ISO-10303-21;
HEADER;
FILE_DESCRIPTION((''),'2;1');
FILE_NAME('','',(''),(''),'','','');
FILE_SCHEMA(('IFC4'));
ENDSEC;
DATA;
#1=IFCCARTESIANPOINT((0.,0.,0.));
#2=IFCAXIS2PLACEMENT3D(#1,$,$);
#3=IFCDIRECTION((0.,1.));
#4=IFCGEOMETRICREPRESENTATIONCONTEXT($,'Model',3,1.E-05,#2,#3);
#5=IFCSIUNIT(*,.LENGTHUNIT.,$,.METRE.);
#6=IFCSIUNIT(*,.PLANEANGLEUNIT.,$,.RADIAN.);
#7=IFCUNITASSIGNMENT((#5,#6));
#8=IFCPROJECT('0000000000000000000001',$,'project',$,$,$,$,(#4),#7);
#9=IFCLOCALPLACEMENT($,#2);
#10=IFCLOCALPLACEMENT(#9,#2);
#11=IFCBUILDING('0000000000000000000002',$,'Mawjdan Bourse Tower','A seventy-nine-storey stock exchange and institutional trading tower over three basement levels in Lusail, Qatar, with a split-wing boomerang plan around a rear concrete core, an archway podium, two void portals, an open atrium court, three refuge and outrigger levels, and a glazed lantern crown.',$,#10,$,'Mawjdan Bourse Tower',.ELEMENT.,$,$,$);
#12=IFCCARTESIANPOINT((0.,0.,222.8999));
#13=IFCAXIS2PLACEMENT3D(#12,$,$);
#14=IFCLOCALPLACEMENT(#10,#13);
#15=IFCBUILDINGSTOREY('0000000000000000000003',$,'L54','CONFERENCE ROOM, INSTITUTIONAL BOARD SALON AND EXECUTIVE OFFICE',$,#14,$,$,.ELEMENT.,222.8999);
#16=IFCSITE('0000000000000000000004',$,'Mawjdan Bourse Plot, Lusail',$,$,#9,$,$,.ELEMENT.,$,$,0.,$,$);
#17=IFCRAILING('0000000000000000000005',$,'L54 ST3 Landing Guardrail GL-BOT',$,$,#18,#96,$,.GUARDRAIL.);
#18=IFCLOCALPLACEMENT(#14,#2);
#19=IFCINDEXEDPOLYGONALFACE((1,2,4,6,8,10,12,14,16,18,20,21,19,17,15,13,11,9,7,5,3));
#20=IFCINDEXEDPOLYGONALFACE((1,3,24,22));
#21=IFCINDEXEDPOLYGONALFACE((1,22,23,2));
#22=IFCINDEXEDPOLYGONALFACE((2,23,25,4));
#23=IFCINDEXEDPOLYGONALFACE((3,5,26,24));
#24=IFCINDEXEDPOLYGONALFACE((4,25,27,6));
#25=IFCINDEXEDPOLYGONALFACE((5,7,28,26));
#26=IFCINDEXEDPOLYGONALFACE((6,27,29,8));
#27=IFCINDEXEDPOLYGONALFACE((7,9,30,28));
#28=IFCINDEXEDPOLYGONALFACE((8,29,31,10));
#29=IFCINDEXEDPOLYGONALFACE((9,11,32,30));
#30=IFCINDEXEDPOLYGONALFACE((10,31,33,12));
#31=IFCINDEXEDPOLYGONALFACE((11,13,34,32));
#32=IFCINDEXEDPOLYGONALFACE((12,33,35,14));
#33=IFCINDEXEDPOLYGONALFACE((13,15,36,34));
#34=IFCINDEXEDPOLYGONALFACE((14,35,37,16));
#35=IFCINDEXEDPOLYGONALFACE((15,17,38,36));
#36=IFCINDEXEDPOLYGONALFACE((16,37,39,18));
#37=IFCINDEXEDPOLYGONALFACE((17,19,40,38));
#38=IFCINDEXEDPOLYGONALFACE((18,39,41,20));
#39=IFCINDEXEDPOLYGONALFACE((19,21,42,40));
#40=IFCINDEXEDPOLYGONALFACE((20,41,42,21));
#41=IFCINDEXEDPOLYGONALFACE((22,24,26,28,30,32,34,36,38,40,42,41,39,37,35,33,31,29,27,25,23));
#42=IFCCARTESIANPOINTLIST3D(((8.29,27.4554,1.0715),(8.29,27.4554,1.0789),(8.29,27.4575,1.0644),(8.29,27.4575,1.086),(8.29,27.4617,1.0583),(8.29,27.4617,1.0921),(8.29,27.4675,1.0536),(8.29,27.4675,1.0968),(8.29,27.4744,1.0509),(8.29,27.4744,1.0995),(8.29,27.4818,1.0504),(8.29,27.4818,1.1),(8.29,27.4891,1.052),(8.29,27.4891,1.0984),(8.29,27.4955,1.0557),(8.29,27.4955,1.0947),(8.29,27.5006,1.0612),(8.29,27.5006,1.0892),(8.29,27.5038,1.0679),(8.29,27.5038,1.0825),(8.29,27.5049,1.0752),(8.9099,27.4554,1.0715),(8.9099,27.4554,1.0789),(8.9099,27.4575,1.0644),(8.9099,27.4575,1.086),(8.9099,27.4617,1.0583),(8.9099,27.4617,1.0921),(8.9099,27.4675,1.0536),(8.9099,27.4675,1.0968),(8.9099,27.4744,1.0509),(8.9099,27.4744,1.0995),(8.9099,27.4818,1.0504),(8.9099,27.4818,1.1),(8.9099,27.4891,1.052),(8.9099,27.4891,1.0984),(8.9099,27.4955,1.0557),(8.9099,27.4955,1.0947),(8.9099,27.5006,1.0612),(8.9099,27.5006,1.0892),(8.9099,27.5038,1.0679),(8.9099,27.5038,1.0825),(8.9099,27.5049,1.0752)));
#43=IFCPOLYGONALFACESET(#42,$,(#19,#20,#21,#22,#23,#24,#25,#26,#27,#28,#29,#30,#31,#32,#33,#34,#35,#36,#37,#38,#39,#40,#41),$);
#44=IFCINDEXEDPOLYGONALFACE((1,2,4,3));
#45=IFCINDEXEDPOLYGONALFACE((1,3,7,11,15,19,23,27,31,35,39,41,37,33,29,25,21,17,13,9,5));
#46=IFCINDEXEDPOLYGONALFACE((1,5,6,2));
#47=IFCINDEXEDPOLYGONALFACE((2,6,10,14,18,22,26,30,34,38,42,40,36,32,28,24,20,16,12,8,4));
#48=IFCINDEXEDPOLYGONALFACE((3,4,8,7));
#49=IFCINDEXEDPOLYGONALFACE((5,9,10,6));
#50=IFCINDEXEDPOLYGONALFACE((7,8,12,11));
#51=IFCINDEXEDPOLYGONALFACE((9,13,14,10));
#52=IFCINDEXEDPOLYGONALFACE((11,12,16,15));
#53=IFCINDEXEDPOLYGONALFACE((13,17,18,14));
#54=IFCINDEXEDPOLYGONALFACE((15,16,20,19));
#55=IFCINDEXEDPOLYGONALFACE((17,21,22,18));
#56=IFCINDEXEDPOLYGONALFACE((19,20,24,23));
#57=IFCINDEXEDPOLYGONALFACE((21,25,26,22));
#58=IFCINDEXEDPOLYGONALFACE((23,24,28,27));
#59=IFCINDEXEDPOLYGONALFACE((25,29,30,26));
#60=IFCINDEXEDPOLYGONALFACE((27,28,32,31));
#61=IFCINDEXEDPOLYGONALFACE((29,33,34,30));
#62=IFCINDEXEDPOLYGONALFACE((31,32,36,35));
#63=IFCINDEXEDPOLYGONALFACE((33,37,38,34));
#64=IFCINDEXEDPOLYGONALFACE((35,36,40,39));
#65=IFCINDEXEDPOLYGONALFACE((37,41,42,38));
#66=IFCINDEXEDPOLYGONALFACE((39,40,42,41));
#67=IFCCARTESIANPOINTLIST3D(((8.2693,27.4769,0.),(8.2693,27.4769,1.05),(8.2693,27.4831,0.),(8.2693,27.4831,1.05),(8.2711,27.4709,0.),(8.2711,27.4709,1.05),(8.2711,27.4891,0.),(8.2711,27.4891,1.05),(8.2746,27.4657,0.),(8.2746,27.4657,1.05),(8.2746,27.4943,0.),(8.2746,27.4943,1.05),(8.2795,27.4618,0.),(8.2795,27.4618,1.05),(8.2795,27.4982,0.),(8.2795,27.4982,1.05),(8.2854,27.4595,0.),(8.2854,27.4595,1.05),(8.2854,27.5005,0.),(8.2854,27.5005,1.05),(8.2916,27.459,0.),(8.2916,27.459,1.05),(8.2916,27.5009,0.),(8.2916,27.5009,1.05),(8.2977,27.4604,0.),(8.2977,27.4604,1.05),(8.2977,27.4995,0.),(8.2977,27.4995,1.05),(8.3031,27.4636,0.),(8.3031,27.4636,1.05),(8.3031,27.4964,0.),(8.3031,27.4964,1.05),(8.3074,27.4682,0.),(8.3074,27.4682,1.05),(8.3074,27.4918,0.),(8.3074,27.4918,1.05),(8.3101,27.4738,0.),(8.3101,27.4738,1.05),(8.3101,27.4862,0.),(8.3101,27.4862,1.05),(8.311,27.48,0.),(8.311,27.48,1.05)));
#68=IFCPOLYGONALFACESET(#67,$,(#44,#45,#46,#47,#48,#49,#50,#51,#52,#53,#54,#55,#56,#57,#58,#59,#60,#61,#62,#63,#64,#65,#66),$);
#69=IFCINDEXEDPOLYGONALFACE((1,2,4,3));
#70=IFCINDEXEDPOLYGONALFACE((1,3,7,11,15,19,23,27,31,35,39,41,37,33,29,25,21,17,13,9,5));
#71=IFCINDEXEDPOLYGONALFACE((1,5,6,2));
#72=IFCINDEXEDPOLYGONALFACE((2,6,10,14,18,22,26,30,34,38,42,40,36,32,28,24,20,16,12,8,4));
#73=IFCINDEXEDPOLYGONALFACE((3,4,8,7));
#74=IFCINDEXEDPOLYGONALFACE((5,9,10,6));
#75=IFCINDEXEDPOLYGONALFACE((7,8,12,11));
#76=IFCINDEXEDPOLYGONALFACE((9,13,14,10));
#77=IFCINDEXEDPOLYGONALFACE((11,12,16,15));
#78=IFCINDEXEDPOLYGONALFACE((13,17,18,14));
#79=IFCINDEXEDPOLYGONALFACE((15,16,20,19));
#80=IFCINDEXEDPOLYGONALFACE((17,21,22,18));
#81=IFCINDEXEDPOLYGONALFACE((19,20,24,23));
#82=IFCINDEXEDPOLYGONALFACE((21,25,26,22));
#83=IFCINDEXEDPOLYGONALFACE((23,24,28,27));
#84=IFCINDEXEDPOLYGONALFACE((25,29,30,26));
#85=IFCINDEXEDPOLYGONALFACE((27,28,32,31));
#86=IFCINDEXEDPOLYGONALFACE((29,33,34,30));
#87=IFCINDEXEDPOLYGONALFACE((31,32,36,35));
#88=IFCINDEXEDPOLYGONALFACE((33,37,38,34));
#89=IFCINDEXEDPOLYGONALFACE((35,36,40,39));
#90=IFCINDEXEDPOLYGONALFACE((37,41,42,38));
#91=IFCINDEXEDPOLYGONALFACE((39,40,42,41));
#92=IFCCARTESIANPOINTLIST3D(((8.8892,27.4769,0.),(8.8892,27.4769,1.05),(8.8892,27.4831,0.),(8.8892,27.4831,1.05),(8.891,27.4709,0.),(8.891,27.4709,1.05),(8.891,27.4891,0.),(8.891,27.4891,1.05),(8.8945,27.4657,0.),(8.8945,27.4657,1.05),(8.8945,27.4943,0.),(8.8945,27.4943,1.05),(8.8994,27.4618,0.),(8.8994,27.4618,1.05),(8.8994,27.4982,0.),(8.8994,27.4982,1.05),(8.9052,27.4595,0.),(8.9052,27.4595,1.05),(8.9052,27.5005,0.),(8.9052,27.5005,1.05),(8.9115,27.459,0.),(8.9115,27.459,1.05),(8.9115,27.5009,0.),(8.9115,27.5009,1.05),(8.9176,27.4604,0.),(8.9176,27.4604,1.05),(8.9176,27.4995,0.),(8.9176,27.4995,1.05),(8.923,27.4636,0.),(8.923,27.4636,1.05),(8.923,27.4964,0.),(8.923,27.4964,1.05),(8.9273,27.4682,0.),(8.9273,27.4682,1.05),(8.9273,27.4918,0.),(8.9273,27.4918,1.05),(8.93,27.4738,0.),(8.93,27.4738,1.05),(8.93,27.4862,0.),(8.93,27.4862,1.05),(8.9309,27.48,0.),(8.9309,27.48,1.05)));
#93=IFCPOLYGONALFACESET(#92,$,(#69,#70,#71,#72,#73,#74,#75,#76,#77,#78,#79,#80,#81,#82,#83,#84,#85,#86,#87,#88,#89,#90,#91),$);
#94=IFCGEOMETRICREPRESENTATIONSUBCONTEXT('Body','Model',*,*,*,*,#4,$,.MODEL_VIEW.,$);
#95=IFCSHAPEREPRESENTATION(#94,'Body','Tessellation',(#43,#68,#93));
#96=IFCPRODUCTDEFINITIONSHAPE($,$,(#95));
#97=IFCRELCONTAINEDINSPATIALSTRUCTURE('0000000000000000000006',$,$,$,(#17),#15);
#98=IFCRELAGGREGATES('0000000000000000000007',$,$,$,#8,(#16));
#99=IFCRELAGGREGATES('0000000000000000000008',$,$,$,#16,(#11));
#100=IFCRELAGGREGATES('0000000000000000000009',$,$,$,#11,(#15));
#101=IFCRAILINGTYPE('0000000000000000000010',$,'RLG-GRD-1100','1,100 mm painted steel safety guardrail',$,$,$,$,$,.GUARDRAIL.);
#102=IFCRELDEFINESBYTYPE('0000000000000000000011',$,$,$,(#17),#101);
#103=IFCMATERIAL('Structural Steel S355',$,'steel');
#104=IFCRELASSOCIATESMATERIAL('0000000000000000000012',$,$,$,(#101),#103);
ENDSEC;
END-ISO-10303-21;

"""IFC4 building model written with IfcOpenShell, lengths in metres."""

from ifc_helpers import new_model, si_unit, direction, frame, origin, origin_2d, place, context, subcontext, project, spatial, circle, extrude, material, type_object, element, save


model = new_model("IFC4")

# Units and contexts
model_context = context("Model", 3, precision=1e-05, world=origin(), true_north=direction((0.0, 1.0)))
body_context = subcontext(model_context, "Body", "Model", "MODEL_VIEW")
ifc_project = project(units=[si_unit("LENGTHUNIT", "METRE"), si_unit("PLANEANGLEUNIT", "RADIAN")], contexts=[model_context])

# Site, building, storey
site_placement = place(None, origin())
site = spatial("IfcSite", under=ifc_project, at=site_placement, Name="Mawjdan Bourse Plot, Lusail", CompositionType="ELEMENT", RefElevation=0.0)
building_placement = place(site_placement, origin())
building = spatial("IfcBuilding", under=site, at=building_placement, Name="Mawjdan Bourse Tower", Description="A seventy-nine-storey stock exchange and institutional trading tower over three basement levels in Lusail, Qatar, with a split-wing boomerang plan around a rear concrete core, an archway podium, two void portals, an open atrium court, three refuge and outrigger levels, and a glazed lantern crown.", LongName="Mawjdan Bourse Tower", CompositionType="ELEMENT")
storey_placement = place(building_placement, frame((0.0, 0.0, 222.8999)))
storey = spatial("IfcBuildingStorey", under=building, at=storey_placement, Name="L54", Description="CONFERENCE ROOM, INSTITUTIONAL BOARD SALON AND EXECUTIVE OFFICE", CompositionType="ELEMENT", Elevation=222.8999)

# Shared definitions
ifc_material_1 = material(Name="Structural Steel S355", Category="steel")

# Railing
railing_type_1 = type_object("IfcRailingType", Name="RLG-GRD-1100", Description="1,100 mm painted steel safety guardrail", PredefinedType="GUARDRAIL", material=ifc_material_1)
for number, where, name in (
    (1, (8.29, 27.48, 0.0), "L54 ST3 Landing Guardrail GL-BOT"),
):
    element("IfcRailing", number, at=place(storey_placement, frame(where)), inside=storey, type_object=railing_type_1, Name=name, PredefinedType="GUARDRAIL", context=body_context, shape_type="SweptSolid", body=[
        extrude(circle(Radius=0.0249, at=origin_2d()), frame((0.0, 0.0, 1.0752), z_axis=(1.0, 0.0, 0.0), x_axis=(0.0, 1.0, 0.0)), (0.0, 0.0, 1.0), 0.6199),
        extrude(circle(Radius=0.021, at=origin_2d()), origin(), (0.0, 0.0, 1.0), 1.05),
        extrude(circle(Radius=0.021, at=origin_2d()), frame((0.6199, 0.0, 0.0)), (0.0, 0.0, 1.0), 1.05),
    ])

save(model, "model.ifc")
